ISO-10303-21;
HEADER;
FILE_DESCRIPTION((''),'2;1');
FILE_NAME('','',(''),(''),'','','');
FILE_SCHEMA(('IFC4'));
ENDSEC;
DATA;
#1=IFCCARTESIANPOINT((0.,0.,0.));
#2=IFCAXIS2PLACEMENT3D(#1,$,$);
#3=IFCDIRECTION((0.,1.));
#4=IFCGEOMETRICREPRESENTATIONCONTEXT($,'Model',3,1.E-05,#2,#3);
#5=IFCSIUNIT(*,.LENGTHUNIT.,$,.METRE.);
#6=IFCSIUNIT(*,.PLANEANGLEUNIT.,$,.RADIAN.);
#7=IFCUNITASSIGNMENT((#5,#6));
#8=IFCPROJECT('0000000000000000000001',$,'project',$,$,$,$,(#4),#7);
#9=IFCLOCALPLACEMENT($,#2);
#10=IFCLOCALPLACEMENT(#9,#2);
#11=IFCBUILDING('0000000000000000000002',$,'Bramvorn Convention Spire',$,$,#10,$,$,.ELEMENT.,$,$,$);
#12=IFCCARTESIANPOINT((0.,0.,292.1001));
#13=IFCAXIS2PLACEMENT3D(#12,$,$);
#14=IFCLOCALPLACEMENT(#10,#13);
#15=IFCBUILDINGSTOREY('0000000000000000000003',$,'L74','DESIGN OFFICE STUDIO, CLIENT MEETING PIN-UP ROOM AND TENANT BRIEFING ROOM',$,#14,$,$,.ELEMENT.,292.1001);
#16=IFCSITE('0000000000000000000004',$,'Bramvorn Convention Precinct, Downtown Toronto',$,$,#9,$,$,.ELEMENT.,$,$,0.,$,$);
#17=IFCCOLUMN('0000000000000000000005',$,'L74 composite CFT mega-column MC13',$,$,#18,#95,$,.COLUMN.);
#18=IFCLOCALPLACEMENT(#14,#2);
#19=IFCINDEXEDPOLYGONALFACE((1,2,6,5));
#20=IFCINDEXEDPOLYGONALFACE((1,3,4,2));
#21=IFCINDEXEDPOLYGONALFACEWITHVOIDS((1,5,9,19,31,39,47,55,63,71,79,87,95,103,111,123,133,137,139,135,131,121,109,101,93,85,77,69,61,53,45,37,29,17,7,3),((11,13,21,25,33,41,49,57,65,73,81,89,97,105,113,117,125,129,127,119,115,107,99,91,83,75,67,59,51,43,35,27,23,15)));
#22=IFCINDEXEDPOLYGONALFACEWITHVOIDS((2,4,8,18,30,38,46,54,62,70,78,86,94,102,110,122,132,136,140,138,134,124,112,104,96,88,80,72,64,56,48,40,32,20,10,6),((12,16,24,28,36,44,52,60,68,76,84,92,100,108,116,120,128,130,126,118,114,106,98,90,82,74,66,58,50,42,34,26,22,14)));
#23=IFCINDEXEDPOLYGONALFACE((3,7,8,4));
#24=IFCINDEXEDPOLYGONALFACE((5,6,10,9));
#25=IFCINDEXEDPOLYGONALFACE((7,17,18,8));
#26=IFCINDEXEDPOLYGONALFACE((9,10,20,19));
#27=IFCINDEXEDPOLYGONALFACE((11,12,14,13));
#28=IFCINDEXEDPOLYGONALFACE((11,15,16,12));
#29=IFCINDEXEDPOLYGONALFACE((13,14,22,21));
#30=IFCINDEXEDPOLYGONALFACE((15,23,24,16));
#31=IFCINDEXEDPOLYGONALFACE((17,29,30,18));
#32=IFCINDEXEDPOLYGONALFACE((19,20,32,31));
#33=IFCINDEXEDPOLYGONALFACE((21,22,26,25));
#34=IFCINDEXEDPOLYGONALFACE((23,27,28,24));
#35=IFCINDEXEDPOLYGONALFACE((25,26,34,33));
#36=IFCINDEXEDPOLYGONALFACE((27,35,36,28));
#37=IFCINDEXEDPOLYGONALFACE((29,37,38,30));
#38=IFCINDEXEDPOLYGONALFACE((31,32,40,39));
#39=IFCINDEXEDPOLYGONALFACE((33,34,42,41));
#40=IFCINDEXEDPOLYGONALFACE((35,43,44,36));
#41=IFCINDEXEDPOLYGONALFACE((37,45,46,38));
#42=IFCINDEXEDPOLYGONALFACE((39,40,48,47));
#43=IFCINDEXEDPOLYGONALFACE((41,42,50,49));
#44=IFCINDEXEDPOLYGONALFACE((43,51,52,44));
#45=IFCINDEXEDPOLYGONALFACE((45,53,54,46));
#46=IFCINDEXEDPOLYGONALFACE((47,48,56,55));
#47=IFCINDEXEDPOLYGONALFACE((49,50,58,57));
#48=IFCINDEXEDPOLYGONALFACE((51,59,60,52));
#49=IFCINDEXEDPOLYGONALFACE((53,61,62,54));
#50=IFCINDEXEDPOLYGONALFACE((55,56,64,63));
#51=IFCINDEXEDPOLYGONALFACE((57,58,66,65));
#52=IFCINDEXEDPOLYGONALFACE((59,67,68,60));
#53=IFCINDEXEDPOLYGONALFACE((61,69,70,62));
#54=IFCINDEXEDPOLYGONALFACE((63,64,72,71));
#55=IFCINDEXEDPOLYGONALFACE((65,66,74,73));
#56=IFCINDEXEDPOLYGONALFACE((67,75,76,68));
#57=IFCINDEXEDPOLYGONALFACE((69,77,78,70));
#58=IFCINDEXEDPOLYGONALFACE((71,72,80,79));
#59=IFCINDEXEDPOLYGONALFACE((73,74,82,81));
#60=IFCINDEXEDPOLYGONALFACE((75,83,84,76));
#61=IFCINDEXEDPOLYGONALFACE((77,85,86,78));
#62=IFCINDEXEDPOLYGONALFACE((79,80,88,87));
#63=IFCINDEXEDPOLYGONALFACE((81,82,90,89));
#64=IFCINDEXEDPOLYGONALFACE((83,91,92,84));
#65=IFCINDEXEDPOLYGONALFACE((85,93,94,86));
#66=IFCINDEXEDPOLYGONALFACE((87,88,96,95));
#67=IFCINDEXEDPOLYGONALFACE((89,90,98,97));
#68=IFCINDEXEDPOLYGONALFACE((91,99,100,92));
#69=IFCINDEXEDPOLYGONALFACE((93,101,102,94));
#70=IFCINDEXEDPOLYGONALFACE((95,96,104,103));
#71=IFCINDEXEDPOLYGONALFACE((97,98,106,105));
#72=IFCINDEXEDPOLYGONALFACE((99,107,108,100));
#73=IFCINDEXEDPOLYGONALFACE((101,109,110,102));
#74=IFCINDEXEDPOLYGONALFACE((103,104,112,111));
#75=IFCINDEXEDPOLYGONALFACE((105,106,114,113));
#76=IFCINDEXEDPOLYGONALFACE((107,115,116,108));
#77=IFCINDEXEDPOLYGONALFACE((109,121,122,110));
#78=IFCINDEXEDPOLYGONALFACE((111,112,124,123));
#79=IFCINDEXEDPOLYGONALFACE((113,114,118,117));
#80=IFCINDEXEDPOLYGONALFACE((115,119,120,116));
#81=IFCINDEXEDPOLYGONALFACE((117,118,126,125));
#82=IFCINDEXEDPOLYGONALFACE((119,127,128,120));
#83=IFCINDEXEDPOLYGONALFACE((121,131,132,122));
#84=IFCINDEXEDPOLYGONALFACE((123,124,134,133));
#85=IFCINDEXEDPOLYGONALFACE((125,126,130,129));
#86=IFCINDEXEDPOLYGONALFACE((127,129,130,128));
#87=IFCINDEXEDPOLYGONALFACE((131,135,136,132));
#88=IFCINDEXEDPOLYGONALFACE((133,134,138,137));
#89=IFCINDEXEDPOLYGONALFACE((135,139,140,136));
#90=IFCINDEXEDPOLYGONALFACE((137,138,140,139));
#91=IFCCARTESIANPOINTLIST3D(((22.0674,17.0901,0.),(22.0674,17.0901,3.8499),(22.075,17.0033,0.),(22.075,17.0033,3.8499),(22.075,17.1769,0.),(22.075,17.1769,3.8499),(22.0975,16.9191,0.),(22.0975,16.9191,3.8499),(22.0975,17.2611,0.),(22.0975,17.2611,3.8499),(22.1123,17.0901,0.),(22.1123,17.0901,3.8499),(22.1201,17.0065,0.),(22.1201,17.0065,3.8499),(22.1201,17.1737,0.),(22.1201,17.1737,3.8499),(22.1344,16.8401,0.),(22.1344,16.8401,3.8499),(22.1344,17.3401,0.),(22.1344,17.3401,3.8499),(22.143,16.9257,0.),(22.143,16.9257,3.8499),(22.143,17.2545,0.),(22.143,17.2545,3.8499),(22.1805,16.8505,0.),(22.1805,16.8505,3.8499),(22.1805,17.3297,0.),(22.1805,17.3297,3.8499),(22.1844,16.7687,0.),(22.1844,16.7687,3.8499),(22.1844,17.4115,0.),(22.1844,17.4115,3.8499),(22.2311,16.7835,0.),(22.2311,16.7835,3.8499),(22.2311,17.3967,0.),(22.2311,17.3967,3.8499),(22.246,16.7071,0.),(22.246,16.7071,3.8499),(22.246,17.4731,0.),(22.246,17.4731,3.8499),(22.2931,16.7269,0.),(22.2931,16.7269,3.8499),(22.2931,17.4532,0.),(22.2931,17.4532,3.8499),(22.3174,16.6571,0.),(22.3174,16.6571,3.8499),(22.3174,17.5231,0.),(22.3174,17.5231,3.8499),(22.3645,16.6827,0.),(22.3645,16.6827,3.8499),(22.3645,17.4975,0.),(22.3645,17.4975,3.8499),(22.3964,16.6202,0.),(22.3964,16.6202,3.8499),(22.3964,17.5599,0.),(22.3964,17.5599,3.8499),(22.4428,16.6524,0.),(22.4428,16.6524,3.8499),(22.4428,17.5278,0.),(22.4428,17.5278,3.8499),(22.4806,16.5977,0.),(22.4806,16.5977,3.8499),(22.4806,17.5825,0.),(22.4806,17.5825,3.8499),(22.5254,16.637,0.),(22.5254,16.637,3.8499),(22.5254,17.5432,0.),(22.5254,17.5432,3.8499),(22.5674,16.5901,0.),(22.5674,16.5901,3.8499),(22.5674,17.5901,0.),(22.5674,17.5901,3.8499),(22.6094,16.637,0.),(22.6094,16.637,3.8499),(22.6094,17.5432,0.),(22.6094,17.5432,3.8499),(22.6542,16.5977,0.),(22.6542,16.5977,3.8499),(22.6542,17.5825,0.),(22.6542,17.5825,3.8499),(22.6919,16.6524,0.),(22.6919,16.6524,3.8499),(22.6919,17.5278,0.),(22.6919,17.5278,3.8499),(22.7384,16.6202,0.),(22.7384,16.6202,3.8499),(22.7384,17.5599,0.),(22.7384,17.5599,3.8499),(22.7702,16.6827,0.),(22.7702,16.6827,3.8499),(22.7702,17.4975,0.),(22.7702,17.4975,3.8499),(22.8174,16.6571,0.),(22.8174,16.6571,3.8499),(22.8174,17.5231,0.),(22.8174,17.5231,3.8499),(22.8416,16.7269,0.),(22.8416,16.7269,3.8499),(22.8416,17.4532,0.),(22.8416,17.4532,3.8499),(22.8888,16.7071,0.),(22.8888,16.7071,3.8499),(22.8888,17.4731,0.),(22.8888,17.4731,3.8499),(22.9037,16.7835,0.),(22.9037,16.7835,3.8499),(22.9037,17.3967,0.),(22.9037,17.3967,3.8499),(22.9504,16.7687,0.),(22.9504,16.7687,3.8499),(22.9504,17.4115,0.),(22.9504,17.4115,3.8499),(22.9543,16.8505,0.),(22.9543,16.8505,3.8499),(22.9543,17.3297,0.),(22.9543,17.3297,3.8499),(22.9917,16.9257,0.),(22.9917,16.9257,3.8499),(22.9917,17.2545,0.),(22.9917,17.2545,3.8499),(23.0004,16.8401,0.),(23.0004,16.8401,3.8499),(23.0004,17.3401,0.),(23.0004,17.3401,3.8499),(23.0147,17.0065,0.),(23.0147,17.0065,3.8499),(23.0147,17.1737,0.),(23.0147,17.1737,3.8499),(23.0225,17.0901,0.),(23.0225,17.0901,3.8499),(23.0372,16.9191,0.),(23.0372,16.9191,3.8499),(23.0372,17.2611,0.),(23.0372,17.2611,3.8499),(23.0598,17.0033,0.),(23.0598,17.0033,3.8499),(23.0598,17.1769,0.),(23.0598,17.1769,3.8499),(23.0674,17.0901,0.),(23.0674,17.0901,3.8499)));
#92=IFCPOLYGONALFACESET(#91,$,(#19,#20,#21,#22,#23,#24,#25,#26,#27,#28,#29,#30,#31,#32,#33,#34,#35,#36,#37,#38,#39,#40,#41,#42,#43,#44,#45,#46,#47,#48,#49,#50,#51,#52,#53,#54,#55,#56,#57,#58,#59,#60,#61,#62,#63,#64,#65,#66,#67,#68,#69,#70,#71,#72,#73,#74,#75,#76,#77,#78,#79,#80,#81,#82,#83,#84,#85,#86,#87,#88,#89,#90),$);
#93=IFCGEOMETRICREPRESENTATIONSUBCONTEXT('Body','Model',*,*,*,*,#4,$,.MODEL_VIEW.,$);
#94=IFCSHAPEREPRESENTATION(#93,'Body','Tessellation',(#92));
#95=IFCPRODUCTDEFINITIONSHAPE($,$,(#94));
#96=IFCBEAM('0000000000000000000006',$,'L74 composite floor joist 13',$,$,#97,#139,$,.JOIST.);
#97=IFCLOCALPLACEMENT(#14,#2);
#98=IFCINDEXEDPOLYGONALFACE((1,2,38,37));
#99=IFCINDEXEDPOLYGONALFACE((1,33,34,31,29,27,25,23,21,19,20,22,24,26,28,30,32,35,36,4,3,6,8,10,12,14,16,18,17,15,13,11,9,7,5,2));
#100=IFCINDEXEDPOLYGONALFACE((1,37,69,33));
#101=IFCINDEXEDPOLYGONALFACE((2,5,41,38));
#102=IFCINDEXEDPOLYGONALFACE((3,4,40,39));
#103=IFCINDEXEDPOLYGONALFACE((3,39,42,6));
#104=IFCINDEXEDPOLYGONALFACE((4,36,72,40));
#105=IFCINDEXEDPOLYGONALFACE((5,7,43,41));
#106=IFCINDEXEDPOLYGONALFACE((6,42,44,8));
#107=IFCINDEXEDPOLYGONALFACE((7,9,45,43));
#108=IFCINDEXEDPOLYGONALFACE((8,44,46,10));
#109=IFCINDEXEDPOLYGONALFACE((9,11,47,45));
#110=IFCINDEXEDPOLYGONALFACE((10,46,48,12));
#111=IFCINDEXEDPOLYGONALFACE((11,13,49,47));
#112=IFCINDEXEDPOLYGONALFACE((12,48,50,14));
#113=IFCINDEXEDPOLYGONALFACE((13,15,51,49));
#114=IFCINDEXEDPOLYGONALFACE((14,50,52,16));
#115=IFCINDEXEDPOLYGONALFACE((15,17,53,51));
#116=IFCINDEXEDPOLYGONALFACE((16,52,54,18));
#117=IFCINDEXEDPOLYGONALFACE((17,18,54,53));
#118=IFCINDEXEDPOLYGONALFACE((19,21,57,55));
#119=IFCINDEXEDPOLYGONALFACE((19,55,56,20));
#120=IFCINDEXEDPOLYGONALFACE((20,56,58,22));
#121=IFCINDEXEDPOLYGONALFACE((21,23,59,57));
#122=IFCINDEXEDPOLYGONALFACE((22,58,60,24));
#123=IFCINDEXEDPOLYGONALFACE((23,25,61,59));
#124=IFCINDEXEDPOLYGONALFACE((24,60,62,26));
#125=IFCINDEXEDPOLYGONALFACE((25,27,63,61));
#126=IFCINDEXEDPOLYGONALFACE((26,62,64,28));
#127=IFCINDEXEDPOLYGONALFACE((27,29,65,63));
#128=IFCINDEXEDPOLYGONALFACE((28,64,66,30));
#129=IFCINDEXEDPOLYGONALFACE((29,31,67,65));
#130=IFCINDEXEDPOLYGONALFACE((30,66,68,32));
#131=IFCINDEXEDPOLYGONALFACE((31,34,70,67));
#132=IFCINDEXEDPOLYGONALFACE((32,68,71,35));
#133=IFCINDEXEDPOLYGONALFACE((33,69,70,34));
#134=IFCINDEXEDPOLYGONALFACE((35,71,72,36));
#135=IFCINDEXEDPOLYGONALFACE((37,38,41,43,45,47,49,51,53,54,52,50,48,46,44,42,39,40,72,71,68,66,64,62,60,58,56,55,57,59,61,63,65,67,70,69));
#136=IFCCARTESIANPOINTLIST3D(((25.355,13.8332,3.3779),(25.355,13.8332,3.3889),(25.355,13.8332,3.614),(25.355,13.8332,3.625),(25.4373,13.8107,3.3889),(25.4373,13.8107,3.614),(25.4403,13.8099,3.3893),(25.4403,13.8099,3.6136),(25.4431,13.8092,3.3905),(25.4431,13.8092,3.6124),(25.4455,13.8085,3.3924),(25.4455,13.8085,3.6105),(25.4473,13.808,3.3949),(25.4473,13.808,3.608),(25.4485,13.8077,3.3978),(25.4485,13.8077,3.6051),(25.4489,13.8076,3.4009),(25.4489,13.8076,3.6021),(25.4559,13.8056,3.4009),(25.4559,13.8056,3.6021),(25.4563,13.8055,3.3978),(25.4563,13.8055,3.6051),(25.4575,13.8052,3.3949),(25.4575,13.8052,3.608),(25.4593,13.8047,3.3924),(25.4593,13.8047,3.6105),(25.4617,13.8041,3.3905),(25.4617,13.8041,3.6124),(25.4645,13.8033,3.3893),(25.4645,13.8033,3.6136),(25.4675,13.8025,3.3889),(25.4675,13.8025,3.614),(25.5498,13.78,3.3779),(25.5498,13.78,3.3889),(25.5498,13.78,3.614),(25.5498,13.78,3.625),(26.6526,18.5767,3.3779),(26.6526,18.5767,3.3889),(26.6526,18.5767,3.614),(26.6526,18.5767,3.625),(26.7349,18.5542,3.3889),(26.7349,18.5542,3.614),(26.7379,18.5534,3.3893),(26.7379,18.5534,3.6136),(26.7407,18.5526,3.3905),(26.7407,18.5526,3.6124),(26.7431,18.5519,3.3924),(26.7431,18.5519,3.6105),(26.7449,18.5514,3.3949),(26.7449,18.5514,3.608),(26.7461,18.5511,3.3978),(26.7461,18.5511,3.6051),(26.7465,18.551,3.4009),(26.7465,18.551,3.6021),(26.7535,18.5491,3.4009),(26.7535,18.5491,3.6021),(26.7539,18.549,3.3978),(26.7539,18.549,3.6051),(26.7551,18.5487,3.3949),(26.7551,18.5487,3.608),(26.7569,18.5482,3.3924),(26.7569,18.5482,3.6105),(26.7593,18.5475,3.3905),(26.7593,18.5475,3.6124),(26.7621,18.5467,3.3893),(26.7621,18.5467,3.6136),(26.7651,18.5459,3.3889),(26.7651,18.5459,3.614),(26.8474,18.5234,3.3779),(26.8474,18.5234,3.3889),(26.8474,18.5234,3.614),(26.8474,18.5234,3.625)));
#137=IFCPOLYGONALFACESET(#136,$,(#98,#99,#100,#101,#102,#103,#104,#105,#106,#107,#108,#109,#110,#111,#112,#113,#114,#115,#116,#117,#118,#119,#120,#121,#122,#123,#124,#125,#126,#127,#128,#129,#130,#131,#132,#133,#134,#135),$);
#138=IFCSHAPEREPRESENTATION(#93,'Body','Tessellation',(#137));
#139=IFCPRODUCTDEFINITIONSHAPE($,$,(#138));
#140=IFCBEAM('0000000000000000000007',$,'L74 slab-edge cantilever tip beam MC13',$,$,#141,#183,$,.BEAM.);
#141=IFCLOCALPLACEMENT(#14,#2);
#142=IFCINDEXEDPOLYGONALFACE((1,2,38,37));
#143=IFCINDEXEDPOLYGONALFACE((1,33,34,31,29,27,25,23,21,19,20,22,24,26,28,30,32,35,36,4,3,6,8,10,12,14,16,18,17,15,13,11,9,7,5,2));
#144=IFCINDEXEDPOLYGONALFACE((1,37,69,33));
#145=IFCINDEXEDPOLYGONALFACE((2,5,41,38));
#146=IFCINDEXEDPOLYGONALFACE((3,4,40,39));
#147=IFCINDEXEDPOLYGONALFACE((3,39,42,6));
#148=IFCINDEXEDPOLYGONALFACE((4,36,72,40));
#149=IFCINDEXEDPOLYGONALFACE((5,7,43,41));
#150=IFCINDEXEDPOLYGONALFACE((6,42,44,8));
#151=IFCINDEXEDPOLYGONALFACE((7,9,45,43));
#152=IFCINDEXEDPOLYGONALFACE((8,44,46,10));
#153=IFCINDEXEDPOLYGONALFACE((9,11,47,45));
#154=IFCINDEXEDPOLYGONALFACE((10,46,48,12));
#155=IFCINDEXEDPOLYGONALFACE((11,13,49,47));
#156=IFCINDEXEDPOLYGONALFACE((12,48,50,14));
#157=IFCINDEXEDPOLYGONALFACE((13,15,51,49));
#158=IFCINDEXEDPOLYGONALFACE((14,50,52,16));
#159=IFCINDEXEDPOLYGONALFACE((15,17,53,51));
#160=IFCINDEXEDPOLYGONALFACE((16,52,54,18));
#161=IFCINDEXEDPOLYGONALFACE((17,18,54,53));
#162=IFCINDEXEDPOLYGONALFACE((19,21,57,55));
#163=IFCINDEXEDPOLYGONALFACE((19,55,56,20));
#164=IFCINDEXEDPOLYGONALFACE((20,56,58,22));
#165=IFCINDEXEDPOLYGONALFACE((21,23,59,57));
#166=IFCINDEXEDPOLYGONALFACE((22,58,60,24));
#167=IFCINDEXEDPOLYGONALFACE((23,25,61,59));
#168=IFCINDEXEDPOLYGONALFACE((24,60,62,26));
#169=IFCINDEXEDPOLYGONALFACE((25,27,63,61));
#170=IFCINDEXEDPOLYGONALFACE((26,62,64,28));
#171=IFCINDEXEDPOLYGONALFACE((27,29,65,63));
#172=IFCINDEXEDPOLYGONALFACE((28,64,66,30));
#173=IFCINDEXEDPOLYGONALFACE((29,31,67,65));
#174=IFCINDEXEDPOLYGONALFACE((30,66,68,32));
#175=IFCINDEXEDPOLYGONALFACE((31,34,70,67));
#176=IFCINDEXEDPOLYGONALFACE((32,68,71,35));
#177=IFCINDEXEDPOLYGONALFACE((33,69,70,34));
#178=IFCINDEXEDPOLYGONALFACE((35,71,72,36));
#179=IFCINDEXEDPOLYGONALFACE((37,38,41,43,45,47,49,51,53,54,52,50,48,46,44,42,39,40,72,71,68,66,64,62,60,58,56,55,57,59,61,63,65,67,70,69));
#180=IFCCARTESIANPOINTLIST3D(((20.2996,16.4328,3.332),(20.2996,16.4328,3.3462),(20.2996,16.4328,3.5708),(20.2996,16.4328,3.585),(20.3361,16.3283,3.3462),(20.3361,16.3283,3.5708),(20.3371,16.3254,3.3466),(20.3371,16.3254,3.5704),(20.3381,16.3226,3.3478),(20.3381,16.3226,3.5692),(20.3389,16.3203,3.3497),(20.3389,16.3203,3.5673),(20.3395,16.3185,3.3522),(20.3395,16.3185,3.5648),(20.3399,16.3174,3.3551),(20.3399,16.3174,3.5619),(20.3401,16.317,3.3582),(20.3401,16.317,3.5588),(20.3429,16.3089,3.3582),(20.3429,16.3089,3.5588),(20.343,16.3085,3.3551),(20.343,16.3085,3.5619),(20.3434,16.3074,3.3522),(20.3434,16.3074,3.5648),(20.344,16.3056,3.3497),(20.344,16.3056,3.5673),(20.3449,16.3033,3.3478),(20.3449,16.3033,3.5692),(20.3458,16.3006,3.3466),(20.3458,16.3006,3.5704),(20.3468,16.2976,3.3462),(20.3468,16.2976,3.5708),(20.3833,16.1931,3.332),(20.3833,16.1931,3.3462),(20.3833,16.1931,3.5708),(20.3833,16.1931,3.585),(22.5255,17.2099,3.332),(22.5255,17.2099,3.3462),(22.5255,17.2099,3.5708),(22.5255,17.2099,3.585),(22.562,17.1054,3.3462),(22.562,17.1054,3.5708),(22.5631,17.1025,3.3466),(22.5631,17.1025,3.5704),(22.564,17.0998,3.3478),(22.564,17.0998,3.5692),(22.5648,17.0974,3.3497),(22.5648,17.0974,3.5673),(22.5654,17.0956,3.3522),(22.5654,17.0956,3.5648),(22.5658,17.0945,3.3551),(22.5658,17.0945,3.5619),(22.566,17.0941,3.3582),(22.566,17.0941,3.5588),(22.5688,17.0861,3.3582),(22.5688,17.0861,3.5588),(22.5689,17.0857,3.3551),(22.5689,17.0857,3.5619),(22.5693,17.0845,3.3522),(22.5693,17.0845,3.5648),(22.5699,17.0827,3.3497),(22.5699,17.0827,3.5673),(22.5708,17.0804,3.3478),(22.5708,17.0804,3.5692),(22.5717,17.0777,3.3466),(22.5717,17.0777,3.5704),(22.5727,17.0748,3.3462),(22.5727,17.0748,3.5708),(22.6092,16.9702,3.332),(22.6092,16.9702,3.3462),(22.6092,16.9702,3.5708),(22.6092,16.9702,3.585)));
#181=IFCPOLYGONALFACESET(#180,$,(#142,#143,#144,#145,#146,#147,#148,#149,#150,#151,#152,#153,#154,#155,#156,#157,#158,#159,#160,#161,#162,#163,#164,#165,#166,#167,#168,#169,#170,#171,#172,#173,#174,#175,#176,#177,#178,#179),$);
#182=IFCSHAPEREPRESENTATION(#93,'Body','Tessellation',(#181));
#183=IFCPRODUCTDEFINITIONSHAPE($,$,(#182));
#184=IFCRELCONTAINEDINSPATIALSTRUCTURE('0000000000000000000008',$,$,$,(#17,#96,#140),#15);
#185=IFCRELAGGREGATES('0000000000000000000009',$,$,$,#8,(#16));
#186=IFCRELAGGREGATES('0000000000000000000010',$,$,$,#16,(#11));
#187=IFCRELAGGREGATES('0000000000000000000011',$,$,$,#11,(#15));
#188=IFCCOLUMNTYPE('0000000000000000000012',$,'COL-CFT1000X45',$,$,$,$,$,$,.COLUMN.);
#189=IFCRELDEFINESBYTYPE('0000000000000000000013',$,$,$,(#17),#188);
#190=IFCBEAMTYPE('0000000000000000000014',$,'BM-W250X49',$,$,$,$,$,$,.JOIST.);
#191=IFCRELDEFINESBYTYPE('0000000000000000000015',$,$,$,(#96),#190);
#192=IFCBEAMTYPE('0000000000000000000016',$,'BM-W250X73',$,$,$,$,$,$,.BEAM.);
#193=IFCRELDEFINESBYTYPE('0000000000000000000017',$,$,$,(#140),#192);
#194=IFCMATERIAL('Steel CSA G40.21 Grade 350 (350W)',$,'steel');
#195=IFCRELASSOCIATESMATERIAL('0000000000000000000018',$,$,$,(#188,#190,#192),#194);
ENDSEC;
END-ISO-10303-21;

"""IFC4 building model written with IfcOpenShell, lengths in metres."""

from ifc_helpers import new_model, si_unit, direction, frame, origin, origin_2d, place, context, subcontext, project, spatial, hollow_circle, i_section, extrude, material, material_profile, profile_set, type_object, element, save


model = new_model("IFC4")

# Units and contexts
model_context = context("Model", 3, precision=1e-05, world=origin(), true_north=direction((0.0, 1.0)))
body_context = subcontext(model_context, "Body", "Model", "MODEL_VIEW")
ifc_project = project(units=[si_unit("LENGTHUNIT", "METRE"), si_unit("PLANEANGLEUNIT", "RADIAN")], contexts=[model_context])

# Site, building, storey
site_placement = place(None, origin())
site = spatial("IfcSite", under=ifc_project, at=site_placement, Name="Bramvorn Convention Precinct, Downtown Toronto", CompositionType="ELEMENT", RefElevation=0.0)
building_placement = place(site_placement, origin())
building = spatial("IfcBuilding", under=site, at=building_placement, Name="Bramvorn Convention Spire", CompositionType="ELEMENT")
storey_placement = place(building_placement, frame((0.0, 0.0, 292.1001)))
storey = spatial("IfcBuildingStorey", under=building, at=storey_placement, Name="L74", Description="DESIGN OFFICE STUDIO, CLIENT MEETING PIN-UP ROOM AND TENANT BRIEFING ROOM", CompositionType="ELEMENT", Elevation=292.1001)

# Column
ifc_material_1 = material(Name="Steel CSA G40.21 Grade 350 (350W)", Category="steel")
ifc_material_profile_1 = material_profile(ifc_material_1, hollow_circle(Radius=0.5, WallThickness=0.0449, at=origin_2d()))
ifc_profile_set_1 = profile_set([ifc_material_profile_1], Name="Steel CSA G40.21 Grade 350 (350W) - CFT1000X45")
column_type = type_object("IfcColumnType", Name="COL-CFT1000X45", PredefinedType="COLUMN", material=ifc_profile_set_1)
column_placement = place(storey_placement, frame((22.5674, 17.0901, 0.0), z_axis=(0.0, 0.0, 1.0), x_axis=(1.0, 0.0, 0.0)))
element("IfcColumn", 1, at=column_placement, inside=storey, type_object=column_type, Name="L74 composite CFT mega-column MC13", PredefinedType="COLUMN", context=body_context, shape_type="SweptSolid", body=[
    extrude(hollow_circle(Radius=0.5, WallThickness=0.0449, at=origin_2d()), origin(), (0.0, 0.0, 1.0), 3.8499),
])

# Beams
ifc_material_profile_2 = material_profile(ifc_material_1, i_section(OverallWidth=0.2019, OverallDepth=0.2471, WebThickness=0.0073, FlangeThickness=0.011, FilletRadius=0.012, at=origin_2d()))
ifc_profile_set_2 = profile_set([ifc_material_profile_2], Name="Steel CSA G40.21 Grade 350 (350W) - W250X49")
beam_type_1 = type_object("IfcBeamType", Name="BM-W250X49", PredefinedType="JOIST", material=ifc_profile_set_2)
beam_1_placement = place(storey_placement, frame((26.75, 18.55, 3.5015), z_axis=(-0.263865, -0.96456, 0.0), x_axis=(0.96456, -0.263865, 0.0)))
element("IfcBeam", 2, at=beam_1_placement, inside=storey, type_object=beam_type_1, Name="L74 composite floor joist 13", PredefinedType="JOIST", context=body_context, shape_type="SweptSolid", body=[
    extrude(i_section(OverallWidth=0.2019, OverallDepth=0.2471, WebThickness=0.0073, FlangeThickness=0.011, FilletRadius=0.012, at=origin_2d()), origin(), (0.0, 0.0, 1.0), 4.9177),
])
ifc_material_profile_3 = material_profile(ifc_material_1, i_section(OverallWidth=0.2539, OverallDepth=0.2529, WebThickness=0.0085, FlangeThickness=0.0142, FilletRadius=0.012, at=origin_2d()))
ifc_profile_set_3 = profile_set([ifc_material_profile_3], Name="Steel CSA G40.21 Grade 350 (350W) - W250X73")
beam_type_2 = type_object("IfcBeamType", Name="BM-W250X73", PredefinedType="BEAM", material=ifc_profile_set_3)
beam_2_placement = place(storey_placement, frame((22.5674, 17.0901, 3.4585), z_axis=(-0.944115, -0.329617, 0.0), x_axis=(0.329617, -0.944115, 0.0)))
element("IfcBeam", 3, at=beam_2_placement, inside=storey, type_object=beam_type_2, Name="L74 slab-edge cantilever tip beam MC13", PredefinedType="BEAM", context=body_context, shape_type="SweptSolid", body=[
    extrude(i_section(OverallWidth=0.2539, OverallDepth=0.2529, WebThickness=0.0085, FlangeThickness=0.0142, FilletRadius=0.012, at=origin_2d()), origin(), (0.0, 0.0, 1.0), 2.3577),
])

save(model, "model.ifc")
